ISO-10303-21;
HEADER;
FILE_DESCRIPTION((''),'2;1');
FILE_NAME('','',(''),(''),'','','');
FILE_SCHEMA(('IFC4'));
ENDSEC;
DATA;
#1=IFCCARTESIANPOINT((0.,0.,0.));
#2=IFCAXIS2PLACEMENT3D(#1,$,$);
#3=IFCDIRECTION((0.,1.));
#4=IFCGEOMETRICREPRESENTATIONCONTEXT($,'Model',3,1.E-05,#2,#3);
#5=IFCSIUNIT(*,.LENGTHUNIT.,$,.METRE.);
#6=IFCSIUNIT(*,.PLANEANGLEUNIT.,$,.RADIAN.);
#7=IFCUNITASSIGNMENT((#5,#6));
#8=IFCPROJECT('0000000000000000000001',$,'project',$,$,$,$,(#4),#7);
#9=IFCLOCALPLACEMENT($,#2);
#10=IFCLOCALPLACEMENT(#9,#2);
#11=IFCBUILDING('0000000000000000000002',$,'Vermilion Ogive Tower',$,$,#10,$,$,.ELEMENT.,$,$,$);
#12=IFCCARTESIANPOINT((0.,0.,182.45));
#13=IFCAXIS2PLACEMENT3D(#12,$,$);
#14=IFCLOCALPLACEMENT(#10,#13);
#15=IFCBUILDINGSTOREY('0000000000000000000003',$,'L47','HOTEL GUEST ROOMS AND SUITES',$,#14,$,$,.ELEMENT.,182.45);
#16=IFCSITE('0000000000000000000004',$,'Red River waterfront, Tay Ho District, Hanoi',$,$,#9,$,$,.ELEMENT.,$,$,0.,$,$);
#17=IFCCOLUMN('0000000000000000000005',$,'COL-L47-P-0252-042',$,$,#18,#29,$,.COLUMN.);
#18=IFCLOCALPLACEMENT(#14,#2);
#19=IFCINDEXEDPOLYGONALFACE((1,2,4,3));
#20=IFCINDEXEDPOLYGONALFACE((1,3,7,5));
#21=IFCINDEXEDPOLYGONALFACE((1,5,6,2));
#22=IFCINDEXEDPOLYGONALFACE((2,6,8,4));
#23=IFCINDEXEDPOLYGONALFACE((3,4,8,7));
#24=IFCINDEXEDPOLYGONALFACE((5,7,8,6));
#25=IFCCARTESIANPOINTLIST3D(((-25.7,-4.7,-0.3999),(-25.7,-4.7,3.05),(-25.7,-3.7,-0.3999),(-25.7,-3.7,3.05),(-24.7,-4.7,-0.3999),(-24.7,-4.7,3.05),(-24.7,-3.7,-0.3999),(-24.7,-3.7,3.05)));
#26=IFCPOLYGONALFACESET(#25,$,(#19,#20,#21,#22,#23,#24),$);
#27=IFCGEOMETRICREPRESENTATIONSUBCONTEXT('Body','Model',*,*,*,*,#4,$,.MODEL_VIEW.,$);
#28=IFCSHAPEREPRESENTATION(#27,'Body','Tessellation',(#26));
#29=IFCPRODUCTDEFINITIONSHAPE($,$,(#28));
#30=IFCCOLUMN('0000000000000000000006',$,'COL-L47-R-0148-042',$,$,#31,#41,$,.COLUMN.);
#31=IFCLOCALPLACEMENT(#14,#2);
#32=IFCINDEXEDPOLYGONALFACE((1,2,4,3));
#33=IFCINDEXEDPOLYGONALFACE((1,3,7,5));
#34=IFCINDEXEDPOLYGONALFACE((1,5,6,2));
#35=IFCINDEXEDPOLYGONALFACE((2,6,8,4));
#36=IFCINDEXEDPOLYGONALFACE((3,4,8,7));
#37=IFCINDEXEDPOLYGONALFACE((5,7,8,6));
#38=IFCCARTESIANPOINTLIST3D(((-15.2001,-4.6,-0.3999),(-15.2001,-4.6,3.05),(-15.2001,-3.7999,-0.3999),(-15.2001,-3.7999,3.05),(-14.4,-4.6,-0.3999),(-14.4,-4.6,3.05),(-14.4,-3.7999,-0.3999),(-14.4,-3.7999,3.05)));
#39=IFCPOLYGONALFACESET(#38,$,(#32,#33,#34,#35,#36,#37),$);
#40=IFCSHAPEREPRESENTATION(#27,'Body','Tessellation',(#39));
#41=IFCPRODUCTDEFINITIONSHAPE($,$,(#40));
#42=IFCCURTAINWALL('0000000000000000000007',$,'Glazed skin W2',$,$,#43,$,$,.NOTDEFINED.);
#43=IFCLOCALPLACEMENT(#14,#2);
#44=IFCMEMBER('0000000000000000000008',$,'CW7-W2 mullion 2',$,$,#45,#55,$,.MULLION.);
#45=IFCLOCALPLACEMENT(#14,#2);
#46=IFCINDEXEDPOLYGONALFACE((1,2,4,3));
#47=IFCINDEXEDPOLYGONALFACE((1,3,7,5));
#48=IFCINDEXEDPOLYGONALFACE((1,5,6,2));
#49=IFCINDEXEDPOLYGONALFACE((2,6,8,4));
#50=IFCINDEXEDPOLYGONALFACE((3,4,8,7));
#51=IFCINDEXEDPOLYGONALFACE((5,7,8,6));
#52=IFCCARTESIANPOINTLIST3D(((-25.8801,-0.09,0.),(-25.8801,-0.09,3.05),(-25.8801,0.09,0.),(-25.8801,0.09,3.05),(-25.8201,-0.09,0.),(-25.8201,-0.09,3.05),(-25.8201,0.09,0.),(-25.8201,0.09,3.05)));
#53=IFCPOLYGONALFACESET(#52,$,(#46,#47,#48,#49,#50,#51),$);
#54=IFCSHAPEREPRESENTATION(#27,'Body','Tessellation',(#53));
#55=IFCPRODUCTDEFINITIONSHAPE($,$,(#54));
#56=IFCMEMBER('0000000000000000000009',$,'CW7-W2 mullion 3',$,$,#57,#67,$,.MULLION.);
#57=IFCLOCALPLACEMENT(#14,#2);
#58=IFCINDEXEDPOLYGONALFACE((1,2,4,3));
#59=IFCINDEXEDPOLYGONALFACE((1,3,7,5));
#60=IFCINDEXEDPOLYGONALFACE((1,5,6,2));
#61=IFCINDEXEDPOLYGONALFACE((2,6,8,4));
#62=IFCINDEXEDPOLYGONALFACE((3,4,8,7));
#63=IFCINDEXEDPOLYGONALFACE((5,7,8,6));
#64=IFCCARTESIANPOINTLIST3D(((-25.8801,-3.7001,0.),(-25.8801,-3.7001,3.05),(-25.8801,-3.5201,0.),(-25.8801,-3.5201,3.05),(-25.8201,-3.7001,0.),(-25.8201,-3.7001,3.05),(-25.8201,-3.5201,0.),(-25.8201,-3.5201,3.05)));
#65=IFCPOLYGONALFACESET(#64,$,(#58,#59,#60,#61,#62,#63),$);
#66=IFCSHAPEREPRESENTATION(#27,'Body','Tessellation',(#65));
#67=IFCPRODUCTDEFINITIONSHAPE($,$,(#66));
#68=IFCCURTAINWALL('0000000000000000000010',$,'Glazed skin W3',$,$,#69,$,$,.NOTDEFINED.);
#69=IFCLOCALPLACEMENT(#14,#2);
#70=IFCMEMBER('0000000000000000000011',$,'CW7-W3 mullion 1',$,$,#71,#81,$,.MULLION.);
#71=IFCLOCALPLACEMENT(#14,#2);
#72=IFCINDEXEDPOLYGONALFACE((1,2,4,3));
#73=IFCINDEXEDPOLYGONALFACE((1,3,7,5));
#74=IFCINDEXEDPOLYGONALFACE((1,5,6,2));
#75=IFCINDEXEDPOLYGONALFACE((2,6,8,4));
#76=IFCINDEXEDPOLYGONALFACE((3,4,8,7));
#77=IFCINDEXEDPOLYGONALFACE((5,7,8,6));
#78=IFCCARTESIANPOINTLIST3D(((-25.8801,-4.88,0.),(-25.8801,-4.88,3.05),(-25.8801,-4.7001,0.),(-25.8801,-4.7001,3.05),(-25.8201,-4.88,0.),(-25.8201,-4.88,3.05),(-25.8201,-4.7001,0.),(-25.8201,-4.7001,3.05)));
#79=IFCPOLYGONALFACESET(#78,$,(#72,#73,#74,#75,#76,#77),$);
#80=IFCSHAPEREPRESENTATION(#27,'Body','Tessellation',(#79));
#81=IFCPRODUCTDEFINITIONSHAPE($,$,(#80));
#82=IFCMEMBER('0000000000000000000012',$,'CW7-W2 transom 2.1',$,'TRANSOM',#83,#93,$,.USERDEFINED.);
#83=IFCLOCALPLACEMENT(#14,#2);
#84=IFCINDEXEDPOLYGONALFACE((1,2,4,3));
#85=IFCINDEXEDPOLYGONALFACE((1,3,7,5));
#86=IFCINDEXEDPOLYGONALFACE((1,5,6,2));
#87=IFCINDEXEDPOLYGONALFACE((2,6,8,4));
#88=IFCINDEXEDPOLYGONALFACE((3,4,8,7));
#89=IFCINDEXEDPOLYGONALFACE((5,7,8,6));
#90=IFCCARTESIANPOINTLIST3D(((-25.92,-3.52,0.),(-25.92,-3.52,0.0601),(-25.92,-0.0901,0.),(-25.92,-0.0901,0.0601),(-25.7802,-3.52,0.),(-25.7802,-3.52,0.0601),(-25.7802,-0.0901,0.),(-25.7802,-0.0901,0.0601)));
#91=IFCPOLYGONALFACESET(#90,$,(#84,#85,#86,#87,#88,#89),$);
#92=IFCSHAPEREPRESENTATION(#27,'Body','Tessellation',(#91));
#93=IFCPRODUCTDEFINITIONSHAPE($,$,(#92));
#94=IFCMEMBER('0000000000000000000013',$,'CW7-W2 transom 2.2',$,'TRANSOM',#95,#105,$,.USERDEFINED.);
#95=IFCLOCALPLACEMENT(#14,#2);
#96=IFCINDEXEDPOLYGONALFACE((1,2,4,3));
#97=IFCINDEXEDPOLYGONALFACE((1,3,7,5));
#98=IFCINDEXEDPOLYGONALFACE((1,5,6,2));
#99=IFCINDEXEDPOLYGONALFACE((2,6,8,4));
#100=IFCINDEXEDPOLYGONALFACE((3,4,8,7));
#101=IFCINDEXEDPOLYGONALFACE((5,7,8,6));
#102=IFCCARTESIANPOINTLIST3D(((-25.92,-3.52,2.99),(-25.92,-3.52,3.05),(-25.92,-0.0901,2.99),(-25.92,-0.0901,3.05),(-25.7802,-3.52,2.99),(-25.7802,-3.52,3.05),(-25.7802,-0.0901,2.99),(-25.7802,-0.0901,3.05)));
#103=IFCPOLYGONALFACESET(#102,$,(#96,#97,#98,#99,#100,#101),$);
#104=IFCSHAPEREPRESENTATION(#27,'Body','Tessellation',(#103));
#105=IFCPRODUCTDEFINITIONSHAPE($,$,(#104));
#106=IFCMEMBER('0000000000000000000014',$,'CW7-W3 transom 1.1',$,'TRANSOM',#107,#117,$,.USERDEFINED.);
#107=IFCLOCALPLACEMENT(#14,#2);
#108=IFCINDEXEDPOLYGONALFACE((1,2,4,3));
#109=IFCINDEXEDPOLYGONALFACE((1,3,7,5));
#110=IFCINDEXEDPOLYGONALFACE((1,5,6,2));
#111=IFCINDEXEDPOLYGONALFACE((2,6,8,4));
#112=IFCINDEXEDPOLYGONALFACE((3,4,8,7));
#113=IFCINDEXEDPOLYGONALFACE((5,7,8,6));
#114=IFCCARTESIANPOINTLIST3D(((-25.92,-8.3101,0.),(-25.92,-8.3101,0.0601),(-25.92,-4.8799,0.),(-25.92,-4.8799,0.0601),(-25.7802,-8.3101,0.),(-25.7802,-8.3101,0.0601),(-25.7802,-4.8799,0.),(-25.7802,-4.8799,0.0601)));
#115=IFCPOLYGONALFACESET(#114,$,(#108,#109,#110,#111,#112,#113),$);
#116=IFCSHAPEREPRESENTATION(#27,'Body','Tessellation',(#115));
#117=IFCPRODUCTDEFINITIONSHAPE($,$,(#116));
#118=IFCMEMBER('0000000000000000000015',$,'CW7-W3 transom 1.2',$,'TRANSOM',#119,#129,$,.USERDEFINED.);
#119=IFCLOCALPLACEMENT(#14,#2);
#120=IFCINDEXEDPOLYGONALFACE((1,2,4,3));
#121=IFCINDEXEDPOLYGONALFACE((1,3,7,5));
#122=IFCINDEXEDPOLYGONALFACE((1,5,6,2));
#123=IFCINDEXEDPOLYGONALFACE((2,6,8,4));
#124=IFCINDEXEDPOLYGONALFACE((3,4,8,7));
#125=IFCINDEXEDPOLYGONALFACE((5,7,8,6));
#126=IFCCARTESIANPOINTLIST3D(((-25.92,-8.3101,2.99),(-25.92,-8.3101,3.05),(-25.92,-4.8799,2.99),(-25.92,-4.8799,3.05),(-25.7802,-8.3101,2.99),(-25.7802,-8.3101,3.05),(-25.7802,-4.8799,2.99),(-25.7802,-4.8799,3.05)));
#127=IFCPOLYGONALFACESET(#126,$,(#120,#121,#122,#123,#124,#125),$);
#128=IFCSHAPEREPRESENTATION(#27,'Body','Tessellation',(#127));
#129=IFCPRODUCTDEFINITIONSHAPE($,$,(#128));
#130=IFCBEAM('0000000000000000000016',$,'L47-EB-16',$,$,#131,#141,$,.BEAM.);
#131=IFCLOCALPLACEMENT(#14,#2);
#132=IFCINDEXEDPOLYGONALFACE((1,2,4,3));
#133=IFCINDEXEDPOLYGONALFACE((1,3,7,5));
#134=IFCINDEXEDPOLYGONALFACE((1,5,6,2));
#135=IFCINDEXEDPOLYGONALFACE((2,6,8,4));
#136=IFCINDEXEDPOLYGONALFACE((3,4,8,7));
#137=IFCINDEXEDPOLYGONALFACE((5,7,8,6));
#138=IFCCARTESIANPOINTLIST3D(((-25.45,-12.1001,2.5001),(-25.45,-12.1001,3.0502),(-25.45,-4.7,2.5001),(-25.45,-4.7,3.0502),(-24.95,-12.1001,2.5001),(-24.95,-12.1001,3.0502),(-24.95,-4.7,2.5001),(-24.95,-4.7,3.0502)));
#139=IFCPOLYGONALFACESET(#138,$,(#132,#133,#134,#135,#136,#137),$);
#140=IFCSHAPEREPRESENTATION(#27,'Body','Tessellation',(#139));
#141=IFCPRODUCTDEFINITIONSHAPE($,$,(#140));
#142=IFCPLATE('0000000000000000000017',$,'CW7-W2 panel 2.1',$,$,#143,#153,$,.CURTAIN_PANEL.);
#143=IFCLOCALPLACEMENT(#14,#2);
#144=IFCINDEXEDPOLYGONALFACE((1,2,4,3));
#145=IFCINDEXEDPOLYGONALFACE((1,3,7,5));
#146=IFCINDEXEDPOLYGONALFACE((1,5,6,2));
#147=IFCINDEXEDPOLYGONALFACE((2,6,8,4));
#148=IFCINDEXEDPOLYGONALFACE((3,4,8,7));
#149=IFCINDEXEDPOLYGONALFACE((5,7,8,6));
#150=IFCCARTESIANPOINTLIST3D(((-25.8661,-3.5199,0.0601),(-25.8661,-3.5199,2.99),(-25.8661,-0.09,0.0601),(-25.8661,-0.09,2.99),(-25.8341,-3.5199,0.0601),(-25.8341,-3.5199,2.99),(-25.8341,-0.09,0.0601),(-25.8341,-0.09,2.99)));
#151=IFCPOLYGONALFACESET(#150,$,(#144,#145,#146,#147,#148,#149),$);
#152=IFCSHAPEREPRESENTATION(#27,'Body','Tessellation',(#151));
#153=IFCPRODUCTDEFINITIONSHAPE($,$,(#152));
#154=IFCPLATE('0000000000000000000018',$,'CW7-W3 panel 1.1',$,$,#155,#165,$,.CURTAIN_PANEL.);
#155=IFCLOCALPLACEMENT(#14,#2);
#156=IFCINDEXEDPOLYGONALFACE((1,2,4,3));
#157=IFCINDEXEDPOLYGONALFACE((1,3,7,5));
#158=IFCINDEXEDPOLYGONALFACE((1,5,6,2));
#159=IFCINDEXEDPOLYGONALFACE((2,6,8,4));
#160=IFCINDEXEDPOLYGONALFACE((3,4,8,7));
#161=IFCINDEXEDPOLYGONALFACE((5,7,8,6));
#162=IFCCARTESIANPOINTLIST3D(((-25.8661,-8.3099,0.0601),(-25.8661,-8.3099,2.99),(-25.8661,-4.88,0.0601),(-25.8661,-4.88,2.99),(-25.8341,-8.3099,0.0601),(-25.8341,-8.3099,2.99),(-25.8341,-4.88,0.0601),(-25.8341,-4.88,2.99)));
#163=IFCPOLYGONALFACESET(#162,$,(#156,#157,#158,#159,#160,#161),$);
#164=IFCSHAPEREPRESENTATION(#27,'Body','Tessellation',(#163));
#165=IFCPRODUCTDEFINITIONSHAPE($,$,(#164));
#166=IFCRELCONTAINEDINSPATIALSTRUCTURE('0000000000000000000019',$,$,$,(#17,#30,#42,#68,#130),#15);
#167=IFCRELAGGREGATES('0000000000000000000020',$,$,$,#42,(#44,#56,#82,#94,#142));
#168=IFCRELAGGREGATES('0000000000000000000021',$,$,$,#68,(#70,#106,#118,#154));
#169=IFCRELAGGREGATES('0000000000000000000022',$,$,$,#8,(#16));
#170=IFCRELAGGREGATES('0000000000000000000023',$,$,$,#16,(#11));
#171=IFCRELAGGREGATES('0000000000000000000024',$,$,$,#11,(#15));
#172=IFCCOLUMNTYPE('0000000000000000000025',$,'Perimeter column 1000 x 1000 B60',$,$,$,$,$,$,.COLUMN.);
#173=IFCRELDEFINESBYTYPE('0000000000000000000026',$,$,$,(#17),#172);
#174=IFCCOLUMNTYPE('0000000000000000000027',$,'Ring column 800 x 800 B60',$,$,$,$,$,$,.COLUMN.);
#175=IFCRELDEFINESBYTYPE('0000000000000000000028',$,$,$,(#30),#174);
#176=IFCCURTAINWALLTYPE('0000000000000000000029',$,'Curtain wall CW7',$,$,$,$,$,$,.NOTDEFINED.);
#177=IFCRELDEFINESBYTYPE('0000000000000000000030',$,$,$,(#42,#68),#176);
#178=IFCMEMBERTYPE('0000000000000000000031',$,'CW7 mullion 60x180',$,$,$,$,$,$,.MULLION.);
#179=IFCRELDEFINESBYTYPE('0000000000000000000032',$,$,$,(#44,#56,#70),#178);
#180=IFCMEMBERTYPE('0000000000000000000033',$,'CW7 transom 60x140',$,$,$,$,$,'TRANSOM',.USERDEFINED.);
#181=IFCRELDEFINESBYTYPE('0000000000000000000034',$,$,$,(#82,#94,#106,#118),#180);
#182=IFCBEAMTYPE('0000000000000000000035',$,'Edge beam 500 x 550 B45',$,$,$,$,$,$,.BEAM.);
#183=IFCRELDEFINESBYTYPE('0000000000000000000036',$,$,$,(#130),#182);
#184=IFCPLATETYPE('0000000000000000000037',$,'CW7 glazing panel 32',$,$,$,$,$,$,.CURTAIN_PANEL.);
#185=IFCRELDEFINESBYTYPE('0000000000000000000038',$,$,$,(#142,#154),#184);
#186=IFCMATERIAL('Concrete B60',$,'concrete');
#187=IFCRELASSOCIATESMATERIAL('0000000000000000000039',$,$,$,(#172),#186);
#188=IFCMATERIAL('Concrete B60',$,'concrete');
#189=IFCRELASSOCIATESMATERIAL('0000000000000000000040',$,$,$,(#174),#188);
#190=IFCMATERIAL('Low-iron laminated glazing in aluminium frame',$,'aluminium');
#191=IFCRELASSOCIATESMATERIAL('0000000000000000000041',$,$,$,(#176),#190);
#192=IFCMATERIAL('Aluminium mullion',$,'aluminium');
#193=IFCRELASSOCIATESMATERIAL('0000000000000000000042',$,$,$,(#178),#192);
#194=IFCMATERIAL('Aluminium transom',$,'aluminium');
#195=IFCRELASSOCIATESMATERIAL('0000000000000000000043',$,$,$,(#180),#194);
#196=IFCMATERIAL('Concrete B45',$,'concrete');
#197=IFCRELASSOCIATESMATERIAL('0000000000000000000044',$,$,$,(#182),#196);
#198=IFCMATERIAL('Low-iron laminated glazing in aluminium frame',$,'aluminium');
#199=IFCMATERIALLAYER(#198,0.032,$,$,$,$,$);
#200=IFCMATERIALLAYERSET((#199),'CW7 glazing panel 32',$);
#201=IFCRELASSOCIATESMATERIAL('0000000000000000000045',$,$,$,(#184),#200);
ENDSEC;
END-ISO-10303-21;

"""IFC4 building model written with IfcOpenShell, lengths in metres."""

from ifc_helpers import new_model, si_unit, direction, frame, origin, origin_2d, place, context, subcontext, project, spatial, rectangle, extrude, material, layer, layer_set, material_profile, profile_set, type_object, element, aggregate, save


model = new_model("IFC4")

# Units and contexts
model_context = context("Model", 3, precision=1e-05, world=origin(), true_north=direction((0.0, 1.0)))
body_context = subcontext(model_context, "Body", "Model", "MODEL_VIEW")
ifc_project = project(units=[si_unit("LENGTHUNIT", "METRE"), si_unit("PLANEANGLEUNIT", "RADIAN")], contexts=[model_context])

# Site, building, storey
site_placement = place(None, origin())
site = spatial("IfcSite", under=ifc_project, at=site_placement, Name="Red River waterfront, Tay Ho District, Hanoi", CompositionType="ELEMENT", RefElevation=0.0)
building_placement = place(site_placement, origin())
building = spatial("IfcBuilding", under=site, at=building_placement, Name="Vermilion Ogive Tower", CompositionType="ELEMENT")
storey_placement = place(building_placement, frame((0.0, 0.0, 182.45)))
storey = spatial("IfcBuildingStorey", under=building, at=storey_placement, Name="L47", Description="HOTEL GUEST ROOMS AND SUITES", CompositionType="ELEMENT", Elevation=182.45)

# Columns
ifc_material_1 = material(Name="Concrete B60", Category="concrete")
ifc_material_profile_1 = material_profile(ifc_material_1, rectangle(XDim=1.0, YDim=1.0, at=origin_2d()), Name="1000 x 1000")
ifc_profile_set_1 = profile_set([ifc_material_profile_1], Name="Concrete B60")
column_type_1 = type_object("IfcColumnType", Name="Perimeter column 1000 x 1000 B60", PredefinedType="COLUMN", material=ifc_profile_set_1)
column_1_placement = place(storey_placement, frame((-25.2, -4.2, -0.3999), z_axis=(0.0, 0.0, 1.0), x_axis=(1.0, 0.0, 0.0)))
element("IfcColumn", 1, at=column_1_placement, inside=storey, type_object=column_type_1, Name="COL-L47-P-0252-042", PredefinedType="COLUMN", context=body_context, shape_type="SweptSolid", body=[
    extrude(rectangle(XDim=1.0, YDim=1.0, at=origin_2d()), origin(), (0.0, 0.0, 1.0), 3.45),
])
ifc_material_2 = material(Name="Concrete B60", Category="concrete")
ifc_material_profile_2 = material_profile(ifc_material_2, rectangle(XDim=0.8, YDim=0.8, at=origin_2d()), Name="800 x 800")
ifc_profile_set_2 = profile_set([ifc_material_profile_2], Name="Concrete B60")
column_type_2 = type_object("IfcColumnType", Name="Ring column 800 x 800 B60", PredefinedType="COLUMN", material=ifc_profile_set_2)
column_2_placement = place(storey_placement, frame((-14.8, -4.2, -0.3999), z_axis=(0.0, 0.0, 1.0), x_axis=(1.0, 0.0, 0.0)))
element("IfcColumn", 2, at=column_2_placement, inside=storey, type_object=column_type_2, Name="COL-L47-R-0148-042", PredefinedType="COLUMN", context=body_context, shape_type="SweptSolid", body=[
    extrude(rectangle(XDim=0.8, YDim=0.8, at=origin_2d()), origin(), (0.0, 0.0, 1.0), 3.45),
])

# Curtain wall, members
ifc_material_3 = material(Name="Low-iron laminated glazing in aluminium frame", Category="aluminium")
curtain_wall_type = type_object("IfcCurtainWallType", Name="Curtain wall CW7", PredefinedType="NOTDEFINED", material=ifc_material_3)
curtain_wall_1_placement = place(storey_placement, origin())
curtain_wall_1 = element("IfcCurtainWall", 3, at=curtain_wall_1_placement, inside=storey, type_object=curtain_wall_type, Name="Glazed skin W2", PredefinedType="NOTDEFINED")
ifc_material_4 = material(Name="Aluminium mullion", Category="aluminium")
ifc_material_profile_3 = material_profile(ifc_material_4, rectangle(XDim=0.0601, YDim=0.1799, at=origin_2d()), Name="AL 60x180")
ifc_profile_set_3 = profile_set([ifc_material_profile_3], Name="Aluminium mullion")
member_type_1 = type_object("IfcMemberType", Name="CW7 mullion 60x180", PredefinedType="MULLION", material=ifc_profile_set_3)
member_1_placement = place(storey_placement, frame((-25.8501, 0.0, 0.0), z_axis=(0.0, 0.0, 1.0), x_axis=(1.0, 0.0, 0.0)))
member_1 = element("IfcMember", 4, at=member_1_placement, type_object=member_type_1, Name="CW7-W2 mullion 2", PredefinedType="MULLION", context=body_context, shape_type="SweptSolid", body=[
    extrude(rectangle(XDim=0.0601, YDim=0.1799, at=origin_2d()), origin(), (0.0, 0.0, 1.0), 3.05),
])
member_2_placement = place(storey_placement, frame((-25.8501, -3.6101, 0.0), z_axis=(0.0, 0.0, 1.0), x_axis=(1.0, 0.0, 0.0)))
member_2 = element("IfcMember", 5, at=member_2_placement, type_object=member_type_1, Name="CW7-W2 mullion 3", PredefinedType="MULLION", context=body_context, shape_type="SweptSolid", body=[
    extrude(rectangle(XDim=0.0601, YDim=0.1799, at=origin_2d()), origin(), (0.0, 0.0, 1.0), 3.05),
])

# Curtain wall, member
curtain_wall_2_placement = place(storey_placement, origin())
curtain_wall_2 = element("IfcCurtainWall", 6, at=curtain_wall_2_placement, inside=storey, type_object=curtain_wall_type, Name="Glazed skin W3", PredefinedType="NOTDEFINED")
member_3_placement = place(storey_placement, frame((-25.8501, -4.79, 0.0), z_axis=(0.0, 0.0, 1.0), x_axis=(1.0, 0.0, 0.0)))
member_3 = element("IfcMember", 7, at=member_3_placement, type_object=member_type_1, Name="CW7-W3 mullion 1", PredefinedType="MULLION", context=body_context, shape_type="SweptSolid", body=[
    extrude(rectangle(XDim=0.0601, YDim=0.1799, at=origin_2d()), origin(), (0.0, 0.0, 1.0), 3.05),
])

# Members
ifc_material_5 = material(Name="Aluminium transom", Category="aluminium")
ifc_material_profile_4 = material_profile(ifc_material_5, rectangle(XDim=0.1399, YDim=0.0601, at=origin_2d()), Name="AL 60x140")
ifc_profile_set_4 = profile_set([ifc_material_profile_4], Name="Aluminium transom")
member_type_2 = type_object("IfcMemberType", Name="CW7 transom 60x140", ElementType="TRANSOM", PredefinedType="USERDEFINED", material=ifc_profile_set_4)
member_4_placement = place(storey_placement, frame((-25.8501, -0.0901, 0.03), z_axis=(0.0, -1.0, 0.0), x_axis=(1.0, 0.0, 0.0)))
member_4 = element("IfcMember", 8, at=member_4_placement, type_object=member_type_2, Name="CW7-W2 transom 2.1", ObjectType="TRANSOM", PredefinedType="USERDEFINED", context=body_context, shape_type="SweptSolid", body=[
    extrude(rectangle(XDim=0.1399, YDim=0.0601, at=origin_2d()), origin(), (0.0, 0.0, 1.0), 3.4299),
])
member_5_placement = place(storey_placement, frame((-25.8501, -0.0901, 3.02), z_axis=(0.0, -1.0, 0.0), x_axis=(1.0, 0.0, 0.0)))
member_5 = element("IfcMember", 9, at=member_5_placement, type_object=member_type_2, Name="CW7-W2 transom 2.2", ObjectType="TRANSOM", PredefinedType="USERDEFINED", context=body_context, shape_type="SweptSolid", body=[
    extrude(rectangle(XDim=0.1399, YDim=0.0601, at=origin_2d()), origin(), (0.0, 0.0, 1.0), 3.4299),
])
member_6_placement = place(storey_placement, frame((-25.8501, -4.8799, 0.03), z_axis=(0.0, -1.0, 0.0), x_axis=(1.0, 0.0, 0.0)))
member_6 = element("IfcMember", 10, at=member_6_placement, type_object=member_type_2, Name="CW7-W3 transom 1.1", ObjectType="TRANSOM", PredefinedType="USERDEFINED", context=body_context, shape_type="SweptSolid", body=[
    extrude(rectangle(XDim=0.1399, YDim=0.0601, at=origin_2d()), origin(), (0.0, 0.0, 1.0), 3.4302),
])
member_7_placement = place(storey_placement, frame((-25.8501, -4.8799, 3.02), z_axis=(0.0, -1.0, 0.0), x_axis=(1.0, 0.0, 0.0)))
member_7 = element("IfcMember", 11, at=member_7_placement, type_object=member_type_2, Name="CW7-W3 transom 1.2", ObjectType="TRANSOM", PredefinedType="USERDEFINED", context=body_context, shape_type="SweptSolid", body=[
    extrude(rectangle(XDim=0.1399, YDim=0.0601, at=origin_2d()), origin(), (0.0, 0.0, 1.0), 3.4302),
])

# Beam
ifc_material_6 = material(Name="Concrete B45", Category="concrete")
ifc_material_profile_5 = material_profile(ifc_material_6, rectangle(XDim=0.5, YDim=0.55, at=origin_2d()), Name="500 x 550")
ifc_profile_set_5 = profile_set([ifc_material_profile_5], Name="Concrete B45")
beam_type = type_object("IfcBeamType", Name="Edge beam 500 x 550 B45", PredefinedType="BEAM", material=ifc_profile_set_5)
beam_placement = place(storey_placement, frame((-25.2, -4.7, 2.7751), z_axis=(0.0, -1.0, 0.0), x_axis=(1.0, 0.0, 0.0)))
element("IfcBeam", 12, at=beam_placement, inside=storey, type_object=beam_type, Name="L47-EB-16", PredefinedType="BEAM", context=body_context, shape_type="SweptSolid", body=[
    extrude(rectangle(XDim=0.5, YDim=0.55, at=origin_2d()), origin(), (0.0, 0.0, 1.0), 7.4001),
])

# Plates
ifc_material_7 = material(Name="Low-iron laminated glazing in aluminium frame", Category="aluminium")
ifc_layer_1 = layer(ifc_material_7, 0.032)
ifc_layer_set_1 = layer_set([ifc_layer_1], Name="CW7 glazing panel 32")
plate_type = type_object("IfcPlateType", Name="CW7 glazing panel 32", PredefinedType="CURTAIN_PANEL", material=ifc_layer_set_1)
plate_1_placement = place(storey_placement, frame((-25.8501, -1.8049, 0.0601), z_axis=(0.0, 0.0, 1.0), x_axis=(0.0, -1.0, 0.0)))
plate_1 = element("IfcPlate", 13, at=plate_1_placement, type_object=plate_type, Name="CW7-W2 panel 2.1", PredefinedType="CURTAIN_PANEL", context=body_context, shape_type="SweptSolid", body=[
    extrude(rectangle(XDim=3.4299, YDim=0.032, at=origin_2d()), origin(), (0.0, 0.0, 1.0), 2.9299),
])
aggregate(curtain_wall_1, [member_1, member_2, member_4, member_5, plate_1])
plate_2_placement = place(storey_placement, frame((-25.8501, -6.595, 0.0601), z_axis=(0.0, 0.0, 1.0), x_axis=(0.0, -1.0, 0.0)))
plate_2 = element("IfcPlate", 14, at=plate_2_placement, type_object=plate_type, Name="CW7-W3 panel 1.1", PredefinedType="CURTAIN_PANEL", context=body_context, shape_type="SweptSolid", body=[
    extrude(rectangle(XDim=3.4299, YDim=0.032, at=origin_2d()), origin(), (0.0, 0.0, 1.0), 2.9299),
])
aggregate(curtain_wall_2, [member_3, member_6, member_7, plate_2])

save(model, "model.ifc")
